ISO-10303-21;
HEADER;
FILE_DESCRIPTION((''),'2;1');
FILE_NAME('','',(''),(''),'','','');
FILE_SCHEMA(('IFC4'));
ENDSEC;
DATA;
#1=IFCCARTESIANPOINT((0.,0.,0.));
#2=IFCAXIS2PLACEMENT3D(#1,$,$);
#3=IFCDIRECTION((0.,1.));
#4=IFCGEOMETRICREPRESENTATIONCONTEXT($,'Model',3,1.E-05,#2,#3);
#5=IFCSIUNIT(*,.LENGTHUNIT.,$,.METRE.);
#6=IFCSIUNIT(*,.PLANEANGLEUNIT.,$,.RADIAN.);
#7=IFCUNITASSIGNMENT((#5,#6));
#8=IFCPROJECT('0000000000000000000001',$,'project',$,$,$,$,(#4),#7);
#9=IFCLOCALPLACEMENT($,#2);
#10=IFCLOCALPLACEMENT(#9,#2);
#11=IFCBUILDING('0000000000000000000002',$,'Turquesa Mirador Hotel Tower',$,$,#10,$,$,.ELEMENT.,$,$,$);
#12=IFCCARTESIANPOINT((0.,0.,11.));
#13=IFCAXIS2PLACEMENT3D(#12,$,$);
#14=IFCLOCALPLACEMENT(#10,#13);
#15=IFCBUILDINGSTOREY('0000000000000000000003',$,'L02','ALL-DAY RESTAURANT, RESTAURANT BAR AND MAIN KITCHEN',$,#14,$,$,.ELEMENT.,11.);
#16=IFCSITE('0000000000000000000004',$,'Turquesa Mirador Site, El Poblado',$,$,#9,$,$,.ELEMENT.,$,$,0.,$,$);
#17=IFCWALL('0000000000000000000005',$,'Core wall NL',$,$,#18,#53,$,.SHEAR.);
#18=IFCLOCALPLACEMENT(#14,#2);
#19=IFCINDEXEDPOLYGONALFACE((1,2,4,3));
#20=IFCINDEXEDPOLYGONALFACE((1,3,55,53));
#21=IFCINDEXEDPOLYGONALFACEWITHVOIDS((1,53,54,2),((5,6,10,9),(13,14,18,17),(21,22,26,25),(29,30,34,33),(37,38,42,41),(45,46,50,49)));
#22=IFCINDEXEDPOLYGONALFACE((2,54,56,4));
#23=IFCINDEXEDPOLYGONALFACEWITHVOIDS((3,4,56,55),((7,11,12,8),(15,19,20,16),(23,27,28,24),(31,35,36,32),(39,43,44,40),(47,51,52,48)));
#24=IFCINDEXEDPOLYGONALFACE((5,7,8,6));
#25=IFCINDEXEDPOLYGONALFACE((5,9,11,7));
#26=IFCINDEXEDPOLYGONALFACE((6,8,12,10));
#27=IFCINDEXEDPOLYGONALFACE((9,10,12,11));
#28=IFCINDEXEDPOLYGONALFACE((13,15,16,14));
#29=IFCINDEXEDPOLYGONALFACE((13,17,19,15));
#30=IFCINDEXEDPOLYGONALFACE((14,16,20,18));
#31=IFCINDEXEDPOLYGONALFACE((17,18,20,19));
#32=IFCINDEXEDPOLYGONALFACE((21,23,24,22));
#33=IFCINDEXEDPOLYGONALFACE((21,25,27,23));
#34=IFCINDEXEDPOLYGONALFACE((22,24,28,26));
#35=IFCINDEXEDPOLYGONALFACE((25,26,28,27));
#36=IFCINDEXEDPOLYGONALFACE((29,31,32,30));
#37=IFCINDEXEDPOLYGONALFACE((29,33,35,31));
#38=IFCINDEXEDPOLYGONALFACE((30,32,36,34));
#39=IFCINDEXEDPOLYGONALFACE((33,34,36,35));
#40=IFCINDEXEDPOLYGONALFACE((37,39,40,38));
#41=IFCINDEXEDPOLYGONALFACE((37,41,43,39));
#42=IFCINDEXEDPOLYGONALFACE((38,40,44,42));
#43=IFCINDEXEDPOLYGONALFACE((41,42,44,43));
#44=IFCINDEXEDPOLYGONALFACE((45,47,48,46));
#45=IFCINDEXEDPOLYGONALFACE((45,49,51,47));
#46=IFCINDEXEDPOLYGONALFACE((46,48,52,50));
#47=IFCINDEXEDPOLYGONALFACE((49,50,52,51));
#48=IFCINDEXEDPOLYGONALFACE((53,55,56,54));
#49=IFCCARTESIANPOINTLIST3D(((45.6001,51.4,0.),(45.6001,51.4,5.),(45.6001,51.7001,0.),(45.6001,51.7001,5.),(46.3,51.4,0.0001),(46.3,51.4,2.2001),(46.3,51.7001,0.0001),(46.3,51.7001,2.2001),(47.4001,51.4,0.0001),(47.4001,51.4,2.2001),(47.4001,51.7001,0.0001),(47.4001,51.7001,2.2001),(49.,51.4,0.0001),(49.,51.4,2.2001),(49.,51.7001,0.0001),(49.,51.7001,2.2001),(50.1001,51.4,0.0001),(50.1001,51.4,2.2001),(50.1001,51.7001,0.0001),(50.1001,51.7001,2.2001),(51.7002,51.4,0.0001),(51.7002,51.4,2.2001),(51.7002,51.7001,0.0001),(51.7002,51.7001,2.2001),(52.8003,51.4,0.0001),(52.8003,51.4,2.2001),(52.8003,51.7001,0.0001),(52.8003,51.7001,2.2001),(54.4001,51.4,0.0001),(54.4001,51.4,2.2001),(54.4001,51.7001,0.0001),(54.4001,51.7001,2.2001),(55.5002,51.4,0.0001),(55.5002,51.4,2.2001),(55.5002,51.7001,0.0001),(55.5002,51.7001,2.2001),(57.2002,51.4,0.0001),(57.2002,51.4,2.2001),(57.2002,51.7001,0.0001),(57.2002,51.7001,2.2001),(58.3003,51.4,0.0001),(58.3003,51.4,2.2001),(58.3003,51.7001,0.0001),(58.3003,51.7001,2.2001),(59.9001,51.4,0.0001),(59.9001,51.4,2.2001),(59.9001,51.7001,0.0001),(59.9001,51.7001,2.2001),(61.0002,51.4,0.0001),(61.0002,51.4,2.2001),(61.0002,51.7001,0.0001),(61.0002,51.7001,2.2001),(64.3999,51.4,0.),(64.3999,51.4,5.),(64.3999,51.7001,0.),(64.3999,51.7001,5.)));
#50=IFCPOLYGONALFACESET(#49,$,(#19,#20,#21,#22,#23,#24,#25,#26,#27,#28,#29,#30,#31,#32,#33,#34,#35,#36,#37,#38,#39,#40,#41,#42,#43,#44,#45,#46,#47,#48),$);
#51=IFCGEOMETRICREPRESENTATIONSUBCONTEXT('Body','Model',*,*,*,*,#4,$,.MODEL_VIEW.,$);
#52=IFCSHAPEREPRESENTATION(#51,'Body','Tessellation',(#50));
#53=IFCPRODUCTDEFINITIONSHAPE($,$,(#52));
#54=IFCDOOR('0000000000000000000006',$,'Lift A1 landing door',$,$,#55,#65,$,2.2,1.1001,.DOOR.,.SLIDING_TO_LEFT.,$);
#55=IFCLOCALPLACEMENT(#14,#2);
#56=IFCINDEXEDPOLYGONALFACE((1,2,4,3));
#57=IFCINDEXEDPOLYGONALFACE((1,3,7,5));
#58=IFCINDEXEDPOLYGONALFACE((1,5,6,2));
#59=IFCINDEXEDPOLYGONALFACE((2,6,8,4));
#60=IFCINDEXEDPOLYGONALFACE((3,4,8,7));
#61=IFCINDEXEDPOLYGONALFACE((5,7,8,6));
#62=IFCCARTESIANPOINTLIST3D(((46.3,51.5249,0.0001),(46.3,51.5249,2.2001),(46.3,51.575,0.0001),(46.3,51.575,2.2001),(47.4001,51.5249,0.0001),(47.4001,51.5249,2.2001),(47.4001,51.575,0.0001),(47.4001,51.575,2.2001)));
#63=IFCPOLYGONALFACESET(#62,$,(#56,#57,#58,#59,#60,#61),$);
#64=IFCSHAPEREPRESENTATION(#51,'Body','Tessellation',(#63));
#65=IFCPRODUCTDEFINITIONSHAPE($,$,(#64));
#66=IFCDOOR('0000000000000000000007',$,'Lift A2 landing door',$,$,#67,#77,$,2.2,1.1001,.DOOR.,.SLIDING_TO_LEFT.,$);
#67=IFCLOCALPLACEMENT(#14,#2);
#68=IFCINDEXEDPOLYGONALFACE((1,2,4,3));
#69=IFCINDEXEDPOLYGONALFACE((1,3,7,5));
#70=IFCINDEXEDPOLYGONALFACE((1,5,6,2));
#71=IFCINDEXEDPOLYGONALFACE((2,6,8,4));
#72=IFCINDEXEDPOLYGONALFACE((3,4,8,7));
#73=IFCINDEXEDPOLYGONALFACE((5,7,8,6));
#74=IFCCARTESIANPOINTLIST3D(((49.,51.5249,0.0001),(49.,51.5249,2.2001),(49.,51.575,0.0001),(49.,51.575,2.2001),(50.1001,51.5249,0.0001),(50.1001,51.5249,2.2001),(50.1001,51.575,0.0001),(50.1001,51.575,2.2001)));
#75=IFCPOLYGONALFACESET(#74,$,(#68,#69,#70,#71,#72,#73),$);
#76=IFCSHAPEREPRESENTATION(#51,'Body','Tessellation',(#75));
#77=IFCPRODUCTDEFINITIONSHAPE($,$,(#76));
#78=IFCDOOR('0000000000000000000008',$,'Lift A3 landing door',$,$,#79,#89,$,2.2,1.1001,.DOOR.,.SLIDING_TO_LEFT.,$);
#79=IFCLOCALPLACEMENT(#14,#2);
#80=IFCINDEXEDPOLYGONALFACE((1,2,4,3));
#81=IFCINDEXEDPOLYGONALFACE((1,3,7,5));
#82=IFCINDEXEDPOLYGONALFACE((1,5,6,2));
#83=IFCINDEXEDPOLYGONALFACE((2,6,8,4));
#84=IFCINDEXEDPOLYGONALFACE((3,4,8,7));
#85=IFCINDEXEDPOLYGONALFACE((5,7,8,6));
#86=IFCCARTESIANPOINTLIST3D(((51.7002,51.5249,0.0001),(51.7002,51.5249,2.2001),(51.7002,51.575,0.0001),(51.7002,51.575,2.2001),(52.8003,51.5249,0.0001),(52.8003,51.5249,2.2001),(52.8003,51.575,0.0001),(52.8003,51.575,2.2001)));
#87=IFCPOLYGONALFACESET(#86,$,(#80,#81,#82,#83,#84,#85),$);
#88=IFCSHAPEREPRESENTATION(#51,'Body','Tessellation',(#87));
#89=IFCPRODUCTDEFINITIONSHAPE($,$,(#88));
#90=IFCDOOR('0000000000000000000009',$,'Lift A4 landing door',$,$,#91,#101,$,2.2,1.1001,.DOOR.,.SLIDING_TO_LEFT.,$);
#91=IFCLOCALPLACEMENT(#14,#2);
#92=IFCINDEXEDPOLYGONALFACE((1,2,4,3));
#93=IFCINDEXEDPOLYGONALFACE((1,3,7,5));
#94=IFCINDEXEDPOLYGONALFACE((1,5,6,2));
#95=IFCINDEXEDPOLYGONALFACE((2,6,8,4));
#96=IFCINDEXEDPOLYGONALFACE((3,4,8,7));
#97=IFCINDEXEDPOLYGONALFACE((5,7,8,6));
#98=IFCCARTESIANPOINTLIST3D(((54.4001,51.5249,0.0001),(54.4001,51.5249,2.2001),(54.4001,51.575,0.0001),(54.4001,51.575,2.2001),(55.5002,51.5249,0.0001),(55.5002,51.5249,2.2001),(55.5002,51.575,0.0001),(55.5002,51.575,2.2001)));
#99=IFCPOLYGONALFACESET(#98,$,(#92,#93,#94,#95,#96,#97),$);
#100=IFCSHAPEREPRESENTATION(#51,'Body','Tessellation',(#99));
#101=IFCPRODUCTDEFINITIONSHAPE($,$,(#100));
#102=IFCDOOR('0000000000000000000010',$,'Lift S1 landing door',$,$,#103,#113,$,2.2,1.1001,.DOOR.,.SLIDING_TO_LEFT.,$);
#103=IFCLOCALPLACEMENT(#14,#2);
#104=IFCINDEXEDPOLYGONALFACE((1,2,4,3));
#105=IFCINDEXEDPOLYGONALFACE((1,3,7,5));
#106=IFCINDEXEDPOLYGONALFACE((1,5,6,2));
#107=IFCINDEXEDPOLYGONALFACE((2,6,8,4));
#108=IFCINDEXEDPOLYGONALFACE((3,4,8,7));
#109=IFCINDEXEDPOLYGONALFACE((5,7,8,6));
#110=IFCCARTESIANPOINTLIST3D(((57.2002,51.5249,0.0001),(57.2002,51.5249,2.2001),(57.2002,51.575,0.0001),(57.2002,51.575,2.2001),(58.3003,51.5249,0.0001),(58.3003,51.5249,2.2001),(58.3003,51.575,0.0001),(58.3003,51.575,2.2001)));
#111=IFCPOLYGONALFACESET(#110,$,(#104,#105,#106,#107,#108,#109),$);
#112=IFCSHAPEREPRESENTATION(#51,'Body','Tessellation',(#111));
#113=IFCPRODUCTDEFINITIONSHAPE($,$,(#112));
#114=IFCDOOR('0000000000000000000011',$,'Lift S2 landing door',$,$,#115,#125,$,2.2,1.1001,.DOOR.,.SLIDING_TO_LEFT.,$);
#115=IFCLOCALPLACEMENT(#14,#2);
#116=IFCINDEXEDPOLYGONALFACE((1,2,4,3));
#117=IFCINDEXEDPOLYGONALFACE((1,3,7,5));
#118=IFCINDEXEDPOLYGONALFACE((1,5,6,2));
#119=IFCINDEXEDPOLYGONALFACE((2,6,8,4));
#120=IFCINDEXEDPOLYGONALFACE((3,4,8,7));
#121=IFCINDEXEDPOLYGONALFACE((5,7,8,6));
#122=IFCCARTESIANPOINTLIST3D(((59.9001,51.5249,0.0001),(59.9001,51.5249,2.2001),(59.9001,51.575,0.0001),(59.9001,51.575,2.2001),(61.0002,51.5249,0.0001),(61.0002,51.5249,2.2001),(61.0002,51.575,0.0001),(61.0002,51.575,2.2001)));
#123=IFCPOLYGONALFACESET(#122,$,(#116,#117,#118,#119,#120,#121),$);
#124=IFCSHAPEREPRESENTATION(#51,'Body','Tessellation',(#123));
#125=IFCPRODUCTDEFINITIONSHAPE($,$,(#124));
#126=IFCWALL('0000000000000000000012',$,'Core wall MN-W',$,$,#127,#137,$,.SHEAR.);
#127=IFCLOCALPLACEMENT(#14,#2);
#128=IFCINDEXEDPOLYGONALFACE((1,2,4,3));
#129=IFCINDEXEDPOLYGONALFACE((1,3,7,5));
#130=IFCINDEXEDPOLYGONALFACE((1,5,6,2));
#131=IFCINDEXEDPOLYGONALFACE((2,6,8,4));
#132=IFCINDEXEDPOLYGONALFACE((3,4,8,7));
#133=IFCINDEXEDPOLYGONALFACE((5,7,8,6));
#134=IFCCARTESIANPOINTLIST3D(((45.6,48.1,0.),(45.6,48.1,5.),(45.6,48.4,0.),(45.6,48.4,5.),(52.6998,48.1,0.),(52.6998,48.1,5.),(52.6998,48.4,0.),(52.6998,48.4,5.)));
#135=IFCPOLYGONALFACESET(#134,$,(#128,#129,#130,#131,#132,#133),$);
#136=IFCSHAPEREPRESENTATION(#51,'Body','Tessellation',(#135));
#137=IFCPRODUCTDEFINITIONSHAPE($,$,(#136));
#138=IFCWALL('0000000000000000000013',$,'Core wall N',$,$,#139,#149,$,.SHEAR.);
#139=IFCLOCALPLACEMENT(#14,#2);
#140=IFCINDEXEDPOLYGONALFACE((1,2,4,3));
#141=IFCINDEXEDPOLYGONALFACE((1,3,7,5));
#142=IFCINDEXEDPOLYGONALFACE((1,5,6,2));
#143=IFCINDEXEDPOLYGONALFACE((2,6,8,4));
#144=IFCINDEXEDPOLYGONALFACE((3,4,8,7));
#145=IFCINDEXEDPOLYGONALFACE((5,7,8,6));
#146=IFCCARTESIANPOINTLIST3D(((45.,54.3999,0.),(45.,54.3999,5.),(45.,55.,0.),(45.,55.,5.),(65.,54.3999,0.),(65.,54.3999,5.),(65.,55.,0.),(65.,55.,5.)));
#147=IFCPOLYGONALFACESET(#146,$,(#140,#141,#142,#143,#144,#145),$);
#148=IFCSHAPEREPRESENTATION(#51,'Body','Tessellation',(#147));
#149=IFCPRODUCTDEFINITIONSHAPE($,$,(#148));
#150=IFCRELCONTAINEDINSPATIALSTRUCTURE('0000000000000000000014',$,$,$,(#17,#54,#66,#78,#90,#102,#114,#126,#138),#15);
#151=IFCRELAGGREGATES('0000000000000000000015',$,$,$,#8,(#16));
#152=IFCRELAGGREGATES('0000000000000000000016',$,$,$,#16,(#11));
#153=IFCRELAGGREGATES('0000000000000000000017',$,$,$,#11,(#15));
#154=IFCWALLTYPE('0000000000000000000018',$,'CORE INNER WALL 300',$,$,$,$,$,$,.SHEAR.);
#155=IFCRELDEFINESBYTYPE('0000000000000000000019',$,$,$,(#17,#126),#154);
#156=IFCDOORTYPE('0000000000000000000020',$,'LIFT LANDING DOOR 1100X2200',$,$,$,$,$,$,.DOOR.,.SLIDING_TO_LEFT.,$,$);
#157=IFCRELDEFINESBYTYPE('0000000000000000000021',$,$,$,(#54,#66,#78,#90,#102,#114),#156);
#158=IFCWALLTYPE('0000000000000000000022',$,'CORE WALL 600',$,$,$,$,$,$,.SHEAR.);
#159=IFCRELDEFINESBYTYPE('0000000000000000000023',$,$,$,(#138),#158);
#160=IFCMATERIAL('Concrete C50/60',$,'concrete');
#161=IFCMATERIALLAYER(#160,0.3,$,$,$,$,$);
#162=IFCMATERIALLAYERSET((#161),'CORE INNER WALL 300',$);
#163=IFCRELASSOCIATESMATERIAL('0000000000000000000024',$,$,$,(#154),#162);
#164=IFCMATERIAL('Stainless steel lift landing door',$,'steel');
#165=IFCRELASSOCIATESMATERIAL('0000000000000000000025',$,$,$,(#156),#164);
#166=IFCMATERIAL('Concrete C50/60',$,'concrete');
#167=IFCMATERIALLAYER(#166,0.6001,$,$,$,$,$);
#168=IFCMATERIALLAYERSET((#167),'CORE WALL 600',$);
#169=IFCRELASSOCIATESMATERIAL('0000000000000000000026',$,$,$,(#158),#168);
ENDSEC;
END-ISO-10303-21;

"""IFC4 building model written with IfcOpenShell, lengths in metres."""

from ifc_helpers import new_model, si_unit, direction, frame, frame_2d, origin, place, context, subcontext, project, spatial, rectangle, extrude, material, layer, layer_set, type_object, element, fill, save


model = new_model("IFC4")

# Units and contexts
model_context = context("Model", 3, precision=1e-05, world=origin(), true_north=direction((0.0, 1.0)))
body_context = subcontext(model_context, "Body", "Model", "MODEL_VIEW")
ifc_project = project(units=[si_unit("LENGTHUNIT", "METRE"), si_unit("PLANEANGLEUNIT", "RADIAN")], contexts=[model_context])

# Site, building, storey
site_placement = place(None, origin())
site = spatial("IfcSite", under=ifc_project, at=site_placement, Name="Turquesa Mirador Site, El Poblado", CompositionType="ELEMENT", RefElevation=0.0)
building_placement = place(site_placement, origin())
building = spatial("IfcBuilding", under=site, at=building_placement, Name="Turquesa Mirador Hotel Tower", CompositionType="ELEMENT")
storey_placement = place(building_placement, frame((0.0, 0.0, 11.0)))
storey = spatial("IfcBuildingStorey", under=building, at=storey_placement, Name="L02", Description="ALL-DAY RESTAURANT, RESTAURANT BAR AND MAIN KITCHEN", CompositionType="ELEMENT", Elevation=11.0)

# Wall, openings, doors
ifc_material_1 = material(Name="Concrete C50/60", Category="concrete")
ifc_layer_1 = layer(ifc_material_1, 0.3)
ifc_layer_set_1 = layer_set([ifc_layer_1], Name="CORE INNER WALL 300")
wall_type_1 = type_object("IfcWallType", Name="CORE INNER WALL 300", PredefinedType="SHEAR", material=ifc_layer_set_1)
wall_1_placement = place(storey_placement, frame((45.6001, 51.55, 0.0), z_axis=(0.0, 0.0, 1.0), x_axis=(1.0, 0.0, 0.0)))
wall_1 = element("IfcWall", 1, at=wall_1_placement, inside=storey, type_object=wall_type_1, Name="Core wall NL", PredefinedType="SHEAR", context=body_context, shape_type="SweptSolid", body=[
    extrude(rectangle(XDim=18.7998, YDim=0.3, at=frame_2d((9.3999, 0.0))), origin(), (0.0, 0.0, 1.0), 5.0),
])
opening_1_placement = place(wall_1_placement, frame((0.7, 0.0, 0.0)))
opening_1 = element("IfcOpeningElement", 2, at=opening_1_placement, cuts=wall_1, PredefinedType="OPENING", context=body_context, shape_type="SweptSolid", body=[
    extrude(rectangle(XDim=1.1001, YDim=2.2, at=frame_2d((0.55, 1.1001))), frame((0.0, 0.1599, 0.0), z_axis=(0.0, -1.0, 0.0), x_axis=(1.0, 0.0, 0.0)), (0.0, 0.0, 1.0), 0.3201),
])
opening_2_placement = place(wall_1_placement, frame((3.3999, 0.0, 0.0)))
opening_2 = element("IfcOpeningElement", 3, at=opening_2_placement, cuts=wall_1, PredefinedType="OPENING", context=body_context, shape_type="SweptSolid", body=[
    extrude(rectangle(XDim=1.1001, YDim=2.2, at=frame_2d((0.55, 1.1001))), frame((0.0, 0.1599, 0.0), z_axis=(0.0, -1.0, 0.0), x_axis=(1.0, 0.0, 0.0)), (0.0, 0.0, 1.0), 0.3201),
])
opening_3_placement = place(wall_1_placement, frame((6.1001, 0.0, 0.0)))
opening_3 = element("IfcOpeningElement", 4, at=opening_3_placement, cuts=wall_1, PredefinedType="OPENING", context=body_context, shape_type="SweptSolid", body=[
    extrude(rectangle(XDim=1.1001, YDim=2.2, at=frame_2d((0.55, 1.1001))), frame((0.0, 0.1599, 0.0), z_axis=(0.0, -1.0, 0.0), x_axis=(1.0, 0.0, 0.0)), (0.0, 0.0, 1.0), 0.3201),
])
opening_4_placement = place(wall_1_placement, frame((8.8, 0.0, 0.0)))
opening_4 = element("IfcOpeningElement", 5, at=opening_4_placement, cuts=wall_1, PredefinedType="OPENING", context=body_context, shape_type="SweptSolid", body=[
    extrude(rectangle(XDim=1.1001, YDim=2.2, at=frame_2d((0.55, 1.1001))), frame((0.0, 0.1599, 0.0), z_axis=(0.0, -1.0, 0.0), x_axis=(1.0, 0.0, 0.0)), (0.0, 0.0, 1.0), 0.3201),
])
opening_5_placement = place(wall_1_placement, frame((11.6001, 0.0, 0.0)))
opening_5 = element("IfcOpeningElement", 6, at=opening_5_placement, cuts=wall_1, PredefinedType="OPENING", context=body_context, shape_type="SweptSolid", body=[
    extrude(rectangle(XDim=1.1001, YDim=2.2, at=frame_2d((0.55, 1.1001))), frame((0.0, 0.1599, 0.0), z_axis=(0.0, -1.0, 0.0), x_axis=(1.0, 0.0, 0.0)), (0.0, 0.0, 1.0), 0.3201),
])
opening_6_placement = place(wall_1_placement, frame((14.3, 0.0, 0.0)))
opening_6 = element("IfcOpeningElement", 7, at=opening_6_placement, cuts=wall_1, PredefinedType="OPENING", context=body_context, shape_type="SweptSolid", body=[
    extrude(rectangle(XDim=1.1001, YDim=2.2, at=frame_2d((0.55, 1.1001))), frame((0.0, 0.1599, 0.0), z_axis=(0.0, -1.0, 0.0), x_axis=(1.0, 0.0, 0.0)), (0.0, 0.0, 1.0), 0.3201),
])
ifc_material_2 = material(Name="Stainless steel lift landing door", Category="steel")
door_type_1 = type_object("IfcDoorType", Name="LIFT LANDING DOOR 1100X2200", OperationType="SLIDING_TO_LEFT", PredefinedType="DOOR", material=ifc_material_2)
door_1_placement = place(opening_1_placement, origin())
door_1 = element("IfcDoor", 8, at=door_1_placement, inside=storey, type_object=door_type_1, Name="Lift A1 landing door", OperationType="SLIDING_TO_LEFT", OverallHeight=2.2, OverallWidth=1.1001, PredefinedType="DOOR", context=body_context, shape_type="SweptSolid", body=[
    extrude(rectangle(XDim=1.1001, YDim=2.2, at=frame_2d((0.55, 1.1001))), frame((0.0, 0.0249, 0.0), z_axis=(0.0, -1.0, 0.0), x_axis=(1.0, 0.0, 0.0)), (0.0, 0.0, 1.0), 0.05),
])
fill(opening_1, door_1)
door_2_placement = place(opening_2_placement, origin())
door_2 = element("IfcDoor", 9, at=door_2_placement, inside=storey, type_object=door_type_1, Name="Lift A2 landing door", OperationType="SLIDING_TO_LEFT", OverallHeight=2.2, OverallWidth=1.1001, PredefinedType="DOOR", context=body_context, shape_type="SweptSolid", body=[
    extrude(rectangle(XDim=1.1001, YDim=2.2, at=frame_2d((0.55, 1.1001))), frame((0.0, 0.0249, 0.0), z_axis=(0.0, -1.0, 0.0), x_axis=(1.0, 0.0, 0.0)), (0.0, 0.0, 1.0), 0.05),
])
fill(opening_2, door_2)
door_3_placement = place(opening_3_placement, origin())
door_3 = element("IfcDoor", 10, at=door_3_placement, inside=storey, type_object=door_type_1, Name="Lift A3 landing door", OperationType="SLIDING_TO_LEFT", OverallHeight=2.2, OverallWidth=1.1001, PredefinedType="DOOR", context=body_context, shape_type="SweptSolid", body=[
    extrude(rectangle(XDim=1.1001, YDim=2.2, at=frame_2d((0.55, 1.1001))), frame((0.0, 0.0249, 0.0), z_axis=(0.0, -1.0, 0.0), x_axis=(1.0, 0.0, 0.0)), (0.0, 0.0, 1.0), 0.05),
])
fill(opening_3, door_3)
door_4_placement = place(opening_4_placement, origin())
door_4 = element("IfcDoor", 11, at=door_4_placement, inside=storey, type_object=door_type_1, Name="Lift A4 landing door", OperationType="SLIDING_TO_LEFT", OverallHeight=2.2, OverallWidth=1.1001, PredefinedType="DOOR", context=body_context, shape_type="SweptSolid", body=[
    extrude(rectangle(XDim=1.1001, YDim=2.2, at=frame_2d((0.55, 1.1001))), frame((0.0, 0.0249, 0.0), z_axis=(0.0, -1.0, 0.0), x_axis=(1.0, 0.0, 0.0)), (0.0, 0.0, 1.0), 0.05),
])
fill(opening_4, door_4)
door_5_placement = place(opening_5_placement, origin())
door_5 = element("IfcDoor", 12, at=door_5_placement, inside=storey, type_object=door_type_1, Name="Lift S1 landing door", OperationType="SLIDING_TO_LEFT", OverallHeight=2.2, OverallWidth=1.1001, PredefinedType="DOOR", context=body_context, shape_type="SweptSolid", body=[
    extrude(rectangle(XDim=1.1001, YDim=2.2, at=frame_2d((0.55, 1.1001))), frame((0.0, 0.0249, 0.0), z_axis=(0.0, -1.0, 0.0), x_axis=(1.0, 0.0, 0.0)), (0.0, 0.0, 1.0), 0.05),
])
fill(opening_5, door_5)
door_6_placement = place(opening_6_placement, origin())
door_6 = element("IfcDoor", 13, at=door_6_placement, inside=storey, type_object=door_type_1, Name="Lift S2 landing door", OperationType="SLIDING_TO_LEFT", OverallHeight=2.2, OverallWidth=1.1001, PredefinedType="DOOR", context=body_context, shape_type="SweptSolid", body=[
    extrude(rectangle(XDim=1.1001, YDim=2.2, at=frame_2d((0.55, 1.1001))), frame((0.0, 0.0249, 0.0), z_axis=(0.0, -1.0, 0.0), x_axis=(1.0, 0.0, 0.0)), (0.0, 0.0, 1.0), 0.05),
])
fill(opening_6, door_6)

# Walls
wall_2_placement = place(storey_placement, frame((45.6001, 48.25, 0.0), z_axis=(0.0, 0.0, 1.0), x_axis=(1.0, 0.0, 0.0)))
element("IfcWall", 14, at=wall_2_placement, inside=storey, type_object=wall_type_1, Name="Core wall MN-W", PredefinedType="SHEAR", context=body_context, shape_type="SweptSolid", body=[
    extrude(rectangle(XDim=7.0999, YDim=0.3, at=frame_2d((3.5498, 0.0))), origin(), (0.0, 0.0, 1.0), 5.0),
])
ifc_material_3 = material(Name="Concrete C50/60", Category="concrete")
ifc_layer_2 = layer(ifc_material_3, 0.6001)
ifc_layer_set_2 = layer_set([ifc_layer_2], Name="CORE WALL 600")
wall_type_2 = type_object("IfcWallType", Name="CORE WALL 600", PredefinedType="SHEAR", material=ifc_layer_set_2)
wall_3_placement = place(storey_placement, frame((45.0, 54.7, 0.0), z_axis=(0.0, 0.0, 1.0), x_axis=(1.0, 0.0, 0.0)))
element("IfcWall", 15, at=wall_3_placement, inside=storey, type_object=wall_type_2, Name="Core wall N", PredefinedType="SHEAR", context=body_context, shape_type="SweptSolid", body=[
    extrude(rectangle(XDim=20.0, YDim=0.6001, at=frame_2d((10.0, 0.0))), origin(), (0.0, 0.0, 1.0), 5.0),
])

save(model, "model.ifc")
